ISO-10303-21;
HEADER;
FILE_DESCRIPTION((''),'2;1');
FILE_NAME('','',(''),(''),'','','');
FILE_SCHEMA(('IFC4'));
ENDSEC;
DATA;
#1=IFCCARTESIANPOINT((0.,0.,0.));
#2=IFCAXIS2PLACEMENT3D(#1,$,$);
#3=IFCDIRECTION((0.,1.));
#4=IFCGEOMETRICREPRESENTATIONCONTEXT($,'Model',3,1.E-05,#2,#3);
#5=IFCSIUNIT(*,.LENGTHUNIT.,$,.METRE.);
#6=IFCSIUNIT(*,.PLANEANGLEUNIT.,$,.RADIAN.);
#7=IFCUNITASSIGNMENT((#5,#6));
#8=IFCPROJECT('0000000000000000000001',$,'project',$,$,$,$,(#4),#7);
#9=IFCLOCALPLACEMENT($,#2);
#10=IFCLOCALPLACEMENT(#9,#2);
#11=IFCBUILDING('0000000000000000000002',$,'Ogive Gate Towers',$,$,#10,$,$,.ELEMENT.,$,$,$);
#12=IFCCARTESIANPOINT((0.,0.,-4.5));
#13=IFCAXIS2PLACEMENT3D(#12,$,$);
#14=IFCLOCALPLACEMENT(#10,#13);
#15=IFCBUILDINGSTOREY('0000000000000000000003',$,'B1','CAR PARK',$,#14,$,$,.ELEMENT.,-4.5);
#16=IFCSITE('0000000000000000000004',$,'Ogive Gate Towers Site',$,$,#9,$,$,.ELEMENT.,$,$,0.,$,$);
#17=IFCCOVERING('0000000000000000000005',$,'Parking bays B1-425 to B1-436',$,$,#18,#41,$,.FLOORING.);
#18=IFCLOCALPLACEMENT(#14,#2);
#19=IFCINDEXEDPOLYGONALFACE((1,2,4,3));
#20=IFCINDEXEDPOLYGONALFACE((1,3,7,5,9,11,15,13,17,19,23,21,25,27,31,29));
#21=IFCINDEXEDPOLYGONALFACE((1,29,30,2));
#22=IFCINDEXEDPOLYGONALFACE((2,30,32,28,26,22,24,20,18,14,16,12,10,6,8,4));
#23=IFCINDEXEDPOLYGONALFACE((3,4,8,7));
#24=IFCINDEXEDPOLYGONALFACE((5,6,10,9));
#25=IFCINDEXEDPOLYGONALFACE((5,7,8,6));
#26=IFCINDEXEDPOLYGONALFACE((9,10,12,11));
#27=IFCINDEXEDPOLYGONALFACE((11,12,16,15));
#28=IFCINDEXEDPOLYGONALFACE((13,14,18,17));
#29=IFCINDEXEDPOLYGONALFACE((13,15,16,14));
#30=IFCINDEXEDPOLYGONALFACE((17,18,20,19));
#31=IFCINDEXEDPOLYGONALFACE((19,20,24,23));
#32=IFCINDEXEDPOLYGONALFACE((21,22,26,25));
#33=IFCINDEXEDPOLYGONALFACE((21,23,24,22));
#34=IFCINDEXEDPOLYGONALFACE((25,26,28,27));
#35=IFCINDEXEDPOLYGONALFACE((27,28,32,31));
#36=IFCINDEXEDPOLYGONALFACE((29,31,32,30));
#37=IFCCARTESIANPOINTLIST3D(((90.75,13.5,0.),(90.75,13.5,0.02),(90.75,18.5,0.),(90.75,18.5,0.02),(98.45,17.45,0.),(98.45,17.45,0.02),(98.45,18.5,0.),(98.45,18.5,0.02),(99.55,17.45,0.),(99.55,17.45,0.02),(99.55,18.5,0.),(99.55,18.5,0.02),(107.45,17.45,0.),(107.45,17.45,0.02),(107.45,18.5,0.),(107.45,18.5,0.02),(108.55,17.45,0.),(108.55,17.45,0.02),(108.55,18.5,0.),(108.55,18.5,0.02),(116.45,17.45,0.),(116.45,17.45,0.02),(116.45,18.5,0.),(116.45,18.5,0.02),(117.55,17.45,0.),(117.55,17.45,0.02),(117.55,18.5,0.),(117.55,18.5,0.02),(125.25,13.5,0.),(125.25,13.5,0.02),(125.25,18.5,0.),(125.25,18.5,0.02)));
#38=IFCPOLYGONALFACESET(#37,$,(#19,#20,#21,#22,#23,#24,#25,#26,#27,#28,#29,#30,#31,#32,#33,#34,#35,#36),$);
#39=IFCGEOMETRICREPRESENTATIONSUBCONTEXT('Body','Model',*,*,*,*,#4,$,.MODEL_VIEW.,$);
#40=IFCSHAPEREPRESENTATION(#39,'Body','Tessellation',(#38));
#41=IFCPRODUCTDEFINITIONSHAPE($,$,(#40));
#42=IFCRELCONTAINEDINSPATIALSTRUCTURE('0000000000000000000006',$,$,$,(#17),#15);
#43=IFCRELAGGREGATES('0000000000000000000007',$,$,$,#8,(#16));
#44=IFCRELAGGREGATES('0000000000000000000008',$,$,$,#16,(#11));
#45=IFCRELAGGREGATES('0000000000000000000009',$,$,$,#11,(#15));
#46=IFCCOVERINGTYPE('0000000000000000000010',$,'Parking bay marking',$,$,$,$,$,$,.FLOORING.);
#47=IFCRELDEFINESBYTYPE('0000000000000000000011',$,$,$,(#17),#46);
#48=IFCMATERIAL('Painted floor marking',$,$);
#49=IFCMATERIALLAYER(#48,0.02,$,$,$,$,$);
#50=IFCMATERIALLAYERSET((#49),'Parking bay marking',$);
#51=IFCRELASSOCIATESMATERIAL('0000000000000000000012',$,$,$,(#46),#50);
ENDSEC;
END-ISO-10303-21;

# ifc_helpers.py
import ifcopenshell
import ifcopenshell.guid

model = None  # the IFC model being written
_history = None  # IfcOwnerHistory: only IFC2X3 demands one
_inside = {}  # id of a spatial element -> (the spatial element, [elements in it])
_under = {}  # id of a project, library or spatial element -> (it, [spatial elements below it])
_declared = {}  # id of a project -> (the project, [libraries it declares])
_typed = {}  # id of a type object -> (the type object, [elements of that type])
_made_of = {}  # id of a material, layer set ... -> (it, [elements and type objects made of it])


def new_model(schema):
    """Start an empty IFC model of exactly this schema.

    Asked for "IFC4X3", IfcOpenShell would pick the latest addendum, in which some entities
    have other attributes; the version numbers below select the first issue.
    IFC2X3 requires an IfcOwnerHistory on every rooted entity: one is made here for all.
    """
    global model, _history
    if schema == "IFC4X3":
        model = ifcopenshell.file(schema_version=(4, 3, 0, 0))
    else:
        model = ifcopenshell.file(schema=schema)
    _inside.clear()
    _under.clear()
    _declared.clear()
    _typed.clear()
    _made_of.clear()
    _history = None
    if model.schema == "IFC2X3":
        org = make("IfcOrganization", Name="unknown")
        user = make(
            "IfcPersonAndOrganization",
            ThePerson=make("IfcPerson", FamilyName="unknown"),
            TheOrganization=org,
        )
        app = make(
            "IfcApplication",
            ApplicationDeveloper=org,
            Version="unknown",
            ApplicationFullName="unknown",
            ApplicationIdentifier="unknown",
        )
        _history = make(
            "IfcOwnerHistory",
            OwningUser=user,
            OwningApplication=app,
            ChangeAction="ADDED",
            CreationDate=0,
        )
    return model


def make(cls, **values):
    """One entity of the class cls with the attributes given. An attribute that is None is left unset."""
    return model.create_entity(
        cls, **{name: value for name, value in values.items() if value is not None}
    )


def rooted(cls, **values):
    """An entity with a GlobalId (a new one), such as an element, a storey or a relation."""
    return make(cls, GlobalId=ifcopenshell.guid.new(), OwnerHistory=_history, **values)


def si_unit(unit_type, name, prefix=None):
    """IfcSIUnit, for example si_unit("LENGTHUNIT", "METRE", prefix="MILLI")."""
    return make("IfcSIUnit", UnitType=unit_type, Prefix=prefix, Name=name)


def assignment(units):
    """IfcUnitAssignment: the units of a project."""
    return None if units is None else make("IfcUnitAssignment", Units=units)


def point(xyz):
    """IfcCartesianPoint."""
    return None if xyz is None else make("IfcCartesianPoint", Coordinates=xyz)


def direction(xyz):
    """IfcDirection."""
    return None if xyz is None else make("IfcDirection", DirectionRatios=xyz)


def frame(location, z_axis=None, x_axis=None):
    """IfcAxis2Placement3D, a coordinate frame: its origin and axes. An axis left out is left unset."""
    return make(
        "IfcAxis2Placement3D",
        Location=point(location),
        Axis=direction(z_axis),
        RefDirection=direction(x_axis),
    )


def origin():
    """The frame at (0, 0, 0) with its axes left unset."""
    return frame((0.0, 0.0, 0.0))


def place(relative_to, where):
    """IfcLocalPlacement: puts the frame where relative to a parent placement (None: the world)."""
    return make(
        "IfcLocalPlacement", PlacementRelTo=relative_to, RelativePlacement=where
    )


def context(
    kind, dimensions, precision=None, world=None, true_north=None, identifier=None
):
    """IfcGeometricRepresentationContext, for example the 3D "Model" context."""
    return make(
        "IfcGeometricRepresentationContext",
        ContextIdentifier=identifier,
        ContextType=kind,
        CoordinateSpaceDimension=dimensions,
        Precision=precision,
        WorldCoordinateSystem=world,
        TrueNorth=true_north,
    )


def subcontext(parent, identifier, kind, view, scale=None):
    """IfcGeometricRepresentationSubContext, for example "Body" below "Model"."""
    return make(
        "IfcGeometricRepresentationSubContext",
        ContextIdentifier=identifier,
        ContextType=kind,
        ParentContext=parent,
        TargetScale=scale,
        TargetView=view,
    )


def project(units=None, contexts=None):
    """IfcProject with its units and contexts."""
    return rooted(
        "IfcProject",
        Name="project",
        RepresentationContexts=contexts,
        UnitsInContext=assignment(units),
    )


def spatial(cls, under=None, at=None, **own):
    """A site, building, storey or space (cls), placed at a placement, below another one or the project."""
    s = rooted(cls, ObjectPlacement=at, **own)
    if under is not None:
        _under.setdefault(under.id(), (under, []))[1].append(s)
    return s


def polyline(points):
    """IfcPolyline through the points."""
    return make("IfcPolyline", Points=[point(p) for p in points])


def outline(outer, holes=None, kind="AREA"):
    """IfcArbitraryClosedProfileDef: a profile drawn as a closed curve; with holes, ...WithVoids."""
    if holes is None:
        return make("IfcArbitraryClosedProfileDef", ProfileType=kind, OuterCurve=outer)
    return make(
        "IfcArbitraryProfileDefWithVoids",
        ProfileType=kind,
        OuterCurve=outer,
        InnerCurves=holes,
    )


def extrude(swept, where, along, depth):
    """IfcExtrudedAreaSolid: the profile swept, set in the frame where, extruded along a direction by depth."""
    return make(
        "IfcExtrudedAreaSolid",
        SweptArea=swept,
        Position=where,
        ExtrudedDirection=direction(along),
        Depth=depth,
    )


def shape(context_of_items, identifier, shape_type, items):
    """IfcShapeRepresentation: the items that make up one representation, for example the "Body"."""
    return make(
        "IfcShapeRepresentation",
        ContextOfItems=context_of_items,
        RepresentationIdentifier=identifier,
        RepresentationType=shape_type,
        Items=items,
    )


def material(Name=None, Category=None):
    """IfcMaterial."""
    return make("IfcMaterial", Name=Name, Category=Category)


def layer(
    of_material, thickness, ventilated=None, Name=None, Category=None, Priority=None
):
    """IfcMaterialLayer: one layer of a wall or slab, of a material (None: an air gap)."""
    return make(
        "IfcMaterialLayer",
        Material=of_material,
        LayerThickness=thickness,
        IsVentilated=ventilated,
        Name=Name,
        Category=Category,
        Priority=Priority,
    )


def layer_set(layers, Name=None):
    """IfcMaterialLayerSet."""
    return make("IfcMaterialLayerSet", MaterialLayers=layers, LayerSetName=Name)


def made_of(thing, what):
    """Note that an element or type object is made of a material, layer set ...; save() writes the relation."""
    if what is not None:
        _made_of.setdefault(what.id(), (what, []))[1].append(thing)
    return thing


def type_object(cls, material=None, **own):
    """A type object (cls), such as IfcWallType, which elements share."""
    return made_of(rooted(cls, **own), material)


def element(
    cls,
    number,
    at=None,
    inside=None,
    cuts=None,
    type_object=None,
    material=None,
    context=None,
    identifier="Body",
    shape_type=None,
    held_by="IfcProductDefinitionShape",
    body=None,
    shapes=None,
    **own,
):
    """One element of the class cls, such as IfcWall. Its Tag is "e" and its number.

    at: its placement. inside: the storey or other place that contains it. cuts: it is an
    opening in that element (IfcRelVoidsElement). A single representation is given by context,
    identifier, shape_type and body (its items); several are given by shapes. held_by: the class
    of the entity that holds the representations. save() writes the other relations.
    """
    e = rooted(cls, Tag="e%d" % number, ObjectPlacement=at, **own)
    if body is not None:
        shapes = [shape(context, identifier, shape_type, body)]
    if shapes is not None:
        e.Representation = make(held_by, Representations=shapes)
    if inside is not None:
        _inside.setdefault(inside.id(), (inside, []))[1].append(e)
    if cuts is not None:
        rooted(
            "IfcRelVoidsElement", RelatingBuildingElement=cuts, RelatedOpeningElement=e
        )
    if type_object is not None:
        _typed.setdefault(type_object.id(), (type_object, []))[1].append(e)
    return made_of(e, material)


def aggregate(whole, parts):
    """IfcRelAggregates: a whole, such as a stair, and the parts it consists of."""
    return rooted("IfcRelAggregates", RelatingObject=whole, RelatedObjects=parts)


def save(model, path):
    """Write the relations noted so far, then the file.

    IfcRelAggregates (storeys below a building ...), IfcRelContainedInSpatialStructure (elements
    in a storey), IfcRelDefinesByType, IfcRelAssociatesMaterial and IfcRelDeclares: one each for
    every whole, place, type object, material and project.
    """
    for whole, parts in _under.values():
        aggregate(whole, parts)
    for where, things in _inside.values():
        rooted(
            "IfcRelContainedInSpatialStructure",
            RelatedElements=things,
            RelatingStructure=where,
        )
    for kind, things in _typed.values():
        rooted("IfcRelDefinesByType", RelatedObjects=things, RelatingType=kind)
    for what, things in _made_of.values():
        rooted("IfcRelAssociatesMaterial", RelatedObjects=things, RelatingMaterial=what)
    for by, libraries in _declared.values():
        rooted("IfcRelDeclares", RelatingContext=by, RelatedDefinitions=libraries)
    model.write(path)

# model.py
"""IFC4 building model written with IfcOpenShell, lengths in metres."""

from ifc_helpers import new_model, si_unit, direction, frame, origin, place, context, subcontext, project, spatial, polyline, outline, extrude, material, layer, layer_set, type_object, element, save


model = new_model("IFC4")

# Units and contexts
model_context = context("Model", 3, precision=1e-05, world=origin(), true_north=direction((0.0, 1.0)))
body_context = subcontext(model_context, "Body", "Model", "MODEL_VIEW")
ifc_project = project(units=[si_unit("LENGTHUNIT", "METRE"), si_unit("PLANEANGLEUNIT", "RADIAN")], contexts=[model_context])

# Site, building, storey
site_placement = place(None, origin())
site = spatial("IfcSite", under=ifc_project, at=site_placement, Name="Ogive Gate Towers Site", CompositionType="ELEMENT", RefElevation=0.0)
building_placement = place(site_placement, origin())
building = spatial("IfcBuilding", under=site, at=building_placement, Name="Ogive Gate Towers", CompositionType="ELEMENT")
storey_placement = place(building_placement, frame((0.0, 0.0, -4.5)))
storey = spatial("IfcBuildingStorey", under=building, at=storey_placement, Name="B1", Description="CAR PARK", CompositionType="ELEMENT", Elevation=-4.5)

# Covering
ifc_material = material(Name="Painted floor marking")
ifc_layer_1 = layer(ifc_material, 0.02)
ifc_layer_set_1 = layer_set([ifc_layer_1], Name="Parking bay marking")
covering_type_1 = type_object("IfcCoveringType", Name="Parking bay marking", PredefinedType="FLOORING", material=ifc_layer_set_1)
covering_1_placement = place(storey_placement, origin())
element("IfcCovering", 1, at=covering_1_placement, inside=storey, type_object=covering_type_1, Name="Parking bays B1-425 to B1-436", PredefinedType="FLOORING", context=body_context, shape_type="SweptSolid", body=[
    extrude(outline(polyline([(90.75, 18.5), (98.45, 18.5), (98.45, 17.45), (99.55, 17.45), (99.55, 18.5), (107.45, 18.5), (107.45, 17.45), (108.55, 17.45), (108.55, 18.5), (116.45, 18.5), (116.45, 17.45), (117.55, 17.45), (117.55, 18.5), (125.25, 18.5), (125.25, 13.5), (90.75, 13.5), (90.75, 18.5)])), origin(), (0.0, 0.0, 1.0), 0.02),
])

save(model, "model.ifc")
